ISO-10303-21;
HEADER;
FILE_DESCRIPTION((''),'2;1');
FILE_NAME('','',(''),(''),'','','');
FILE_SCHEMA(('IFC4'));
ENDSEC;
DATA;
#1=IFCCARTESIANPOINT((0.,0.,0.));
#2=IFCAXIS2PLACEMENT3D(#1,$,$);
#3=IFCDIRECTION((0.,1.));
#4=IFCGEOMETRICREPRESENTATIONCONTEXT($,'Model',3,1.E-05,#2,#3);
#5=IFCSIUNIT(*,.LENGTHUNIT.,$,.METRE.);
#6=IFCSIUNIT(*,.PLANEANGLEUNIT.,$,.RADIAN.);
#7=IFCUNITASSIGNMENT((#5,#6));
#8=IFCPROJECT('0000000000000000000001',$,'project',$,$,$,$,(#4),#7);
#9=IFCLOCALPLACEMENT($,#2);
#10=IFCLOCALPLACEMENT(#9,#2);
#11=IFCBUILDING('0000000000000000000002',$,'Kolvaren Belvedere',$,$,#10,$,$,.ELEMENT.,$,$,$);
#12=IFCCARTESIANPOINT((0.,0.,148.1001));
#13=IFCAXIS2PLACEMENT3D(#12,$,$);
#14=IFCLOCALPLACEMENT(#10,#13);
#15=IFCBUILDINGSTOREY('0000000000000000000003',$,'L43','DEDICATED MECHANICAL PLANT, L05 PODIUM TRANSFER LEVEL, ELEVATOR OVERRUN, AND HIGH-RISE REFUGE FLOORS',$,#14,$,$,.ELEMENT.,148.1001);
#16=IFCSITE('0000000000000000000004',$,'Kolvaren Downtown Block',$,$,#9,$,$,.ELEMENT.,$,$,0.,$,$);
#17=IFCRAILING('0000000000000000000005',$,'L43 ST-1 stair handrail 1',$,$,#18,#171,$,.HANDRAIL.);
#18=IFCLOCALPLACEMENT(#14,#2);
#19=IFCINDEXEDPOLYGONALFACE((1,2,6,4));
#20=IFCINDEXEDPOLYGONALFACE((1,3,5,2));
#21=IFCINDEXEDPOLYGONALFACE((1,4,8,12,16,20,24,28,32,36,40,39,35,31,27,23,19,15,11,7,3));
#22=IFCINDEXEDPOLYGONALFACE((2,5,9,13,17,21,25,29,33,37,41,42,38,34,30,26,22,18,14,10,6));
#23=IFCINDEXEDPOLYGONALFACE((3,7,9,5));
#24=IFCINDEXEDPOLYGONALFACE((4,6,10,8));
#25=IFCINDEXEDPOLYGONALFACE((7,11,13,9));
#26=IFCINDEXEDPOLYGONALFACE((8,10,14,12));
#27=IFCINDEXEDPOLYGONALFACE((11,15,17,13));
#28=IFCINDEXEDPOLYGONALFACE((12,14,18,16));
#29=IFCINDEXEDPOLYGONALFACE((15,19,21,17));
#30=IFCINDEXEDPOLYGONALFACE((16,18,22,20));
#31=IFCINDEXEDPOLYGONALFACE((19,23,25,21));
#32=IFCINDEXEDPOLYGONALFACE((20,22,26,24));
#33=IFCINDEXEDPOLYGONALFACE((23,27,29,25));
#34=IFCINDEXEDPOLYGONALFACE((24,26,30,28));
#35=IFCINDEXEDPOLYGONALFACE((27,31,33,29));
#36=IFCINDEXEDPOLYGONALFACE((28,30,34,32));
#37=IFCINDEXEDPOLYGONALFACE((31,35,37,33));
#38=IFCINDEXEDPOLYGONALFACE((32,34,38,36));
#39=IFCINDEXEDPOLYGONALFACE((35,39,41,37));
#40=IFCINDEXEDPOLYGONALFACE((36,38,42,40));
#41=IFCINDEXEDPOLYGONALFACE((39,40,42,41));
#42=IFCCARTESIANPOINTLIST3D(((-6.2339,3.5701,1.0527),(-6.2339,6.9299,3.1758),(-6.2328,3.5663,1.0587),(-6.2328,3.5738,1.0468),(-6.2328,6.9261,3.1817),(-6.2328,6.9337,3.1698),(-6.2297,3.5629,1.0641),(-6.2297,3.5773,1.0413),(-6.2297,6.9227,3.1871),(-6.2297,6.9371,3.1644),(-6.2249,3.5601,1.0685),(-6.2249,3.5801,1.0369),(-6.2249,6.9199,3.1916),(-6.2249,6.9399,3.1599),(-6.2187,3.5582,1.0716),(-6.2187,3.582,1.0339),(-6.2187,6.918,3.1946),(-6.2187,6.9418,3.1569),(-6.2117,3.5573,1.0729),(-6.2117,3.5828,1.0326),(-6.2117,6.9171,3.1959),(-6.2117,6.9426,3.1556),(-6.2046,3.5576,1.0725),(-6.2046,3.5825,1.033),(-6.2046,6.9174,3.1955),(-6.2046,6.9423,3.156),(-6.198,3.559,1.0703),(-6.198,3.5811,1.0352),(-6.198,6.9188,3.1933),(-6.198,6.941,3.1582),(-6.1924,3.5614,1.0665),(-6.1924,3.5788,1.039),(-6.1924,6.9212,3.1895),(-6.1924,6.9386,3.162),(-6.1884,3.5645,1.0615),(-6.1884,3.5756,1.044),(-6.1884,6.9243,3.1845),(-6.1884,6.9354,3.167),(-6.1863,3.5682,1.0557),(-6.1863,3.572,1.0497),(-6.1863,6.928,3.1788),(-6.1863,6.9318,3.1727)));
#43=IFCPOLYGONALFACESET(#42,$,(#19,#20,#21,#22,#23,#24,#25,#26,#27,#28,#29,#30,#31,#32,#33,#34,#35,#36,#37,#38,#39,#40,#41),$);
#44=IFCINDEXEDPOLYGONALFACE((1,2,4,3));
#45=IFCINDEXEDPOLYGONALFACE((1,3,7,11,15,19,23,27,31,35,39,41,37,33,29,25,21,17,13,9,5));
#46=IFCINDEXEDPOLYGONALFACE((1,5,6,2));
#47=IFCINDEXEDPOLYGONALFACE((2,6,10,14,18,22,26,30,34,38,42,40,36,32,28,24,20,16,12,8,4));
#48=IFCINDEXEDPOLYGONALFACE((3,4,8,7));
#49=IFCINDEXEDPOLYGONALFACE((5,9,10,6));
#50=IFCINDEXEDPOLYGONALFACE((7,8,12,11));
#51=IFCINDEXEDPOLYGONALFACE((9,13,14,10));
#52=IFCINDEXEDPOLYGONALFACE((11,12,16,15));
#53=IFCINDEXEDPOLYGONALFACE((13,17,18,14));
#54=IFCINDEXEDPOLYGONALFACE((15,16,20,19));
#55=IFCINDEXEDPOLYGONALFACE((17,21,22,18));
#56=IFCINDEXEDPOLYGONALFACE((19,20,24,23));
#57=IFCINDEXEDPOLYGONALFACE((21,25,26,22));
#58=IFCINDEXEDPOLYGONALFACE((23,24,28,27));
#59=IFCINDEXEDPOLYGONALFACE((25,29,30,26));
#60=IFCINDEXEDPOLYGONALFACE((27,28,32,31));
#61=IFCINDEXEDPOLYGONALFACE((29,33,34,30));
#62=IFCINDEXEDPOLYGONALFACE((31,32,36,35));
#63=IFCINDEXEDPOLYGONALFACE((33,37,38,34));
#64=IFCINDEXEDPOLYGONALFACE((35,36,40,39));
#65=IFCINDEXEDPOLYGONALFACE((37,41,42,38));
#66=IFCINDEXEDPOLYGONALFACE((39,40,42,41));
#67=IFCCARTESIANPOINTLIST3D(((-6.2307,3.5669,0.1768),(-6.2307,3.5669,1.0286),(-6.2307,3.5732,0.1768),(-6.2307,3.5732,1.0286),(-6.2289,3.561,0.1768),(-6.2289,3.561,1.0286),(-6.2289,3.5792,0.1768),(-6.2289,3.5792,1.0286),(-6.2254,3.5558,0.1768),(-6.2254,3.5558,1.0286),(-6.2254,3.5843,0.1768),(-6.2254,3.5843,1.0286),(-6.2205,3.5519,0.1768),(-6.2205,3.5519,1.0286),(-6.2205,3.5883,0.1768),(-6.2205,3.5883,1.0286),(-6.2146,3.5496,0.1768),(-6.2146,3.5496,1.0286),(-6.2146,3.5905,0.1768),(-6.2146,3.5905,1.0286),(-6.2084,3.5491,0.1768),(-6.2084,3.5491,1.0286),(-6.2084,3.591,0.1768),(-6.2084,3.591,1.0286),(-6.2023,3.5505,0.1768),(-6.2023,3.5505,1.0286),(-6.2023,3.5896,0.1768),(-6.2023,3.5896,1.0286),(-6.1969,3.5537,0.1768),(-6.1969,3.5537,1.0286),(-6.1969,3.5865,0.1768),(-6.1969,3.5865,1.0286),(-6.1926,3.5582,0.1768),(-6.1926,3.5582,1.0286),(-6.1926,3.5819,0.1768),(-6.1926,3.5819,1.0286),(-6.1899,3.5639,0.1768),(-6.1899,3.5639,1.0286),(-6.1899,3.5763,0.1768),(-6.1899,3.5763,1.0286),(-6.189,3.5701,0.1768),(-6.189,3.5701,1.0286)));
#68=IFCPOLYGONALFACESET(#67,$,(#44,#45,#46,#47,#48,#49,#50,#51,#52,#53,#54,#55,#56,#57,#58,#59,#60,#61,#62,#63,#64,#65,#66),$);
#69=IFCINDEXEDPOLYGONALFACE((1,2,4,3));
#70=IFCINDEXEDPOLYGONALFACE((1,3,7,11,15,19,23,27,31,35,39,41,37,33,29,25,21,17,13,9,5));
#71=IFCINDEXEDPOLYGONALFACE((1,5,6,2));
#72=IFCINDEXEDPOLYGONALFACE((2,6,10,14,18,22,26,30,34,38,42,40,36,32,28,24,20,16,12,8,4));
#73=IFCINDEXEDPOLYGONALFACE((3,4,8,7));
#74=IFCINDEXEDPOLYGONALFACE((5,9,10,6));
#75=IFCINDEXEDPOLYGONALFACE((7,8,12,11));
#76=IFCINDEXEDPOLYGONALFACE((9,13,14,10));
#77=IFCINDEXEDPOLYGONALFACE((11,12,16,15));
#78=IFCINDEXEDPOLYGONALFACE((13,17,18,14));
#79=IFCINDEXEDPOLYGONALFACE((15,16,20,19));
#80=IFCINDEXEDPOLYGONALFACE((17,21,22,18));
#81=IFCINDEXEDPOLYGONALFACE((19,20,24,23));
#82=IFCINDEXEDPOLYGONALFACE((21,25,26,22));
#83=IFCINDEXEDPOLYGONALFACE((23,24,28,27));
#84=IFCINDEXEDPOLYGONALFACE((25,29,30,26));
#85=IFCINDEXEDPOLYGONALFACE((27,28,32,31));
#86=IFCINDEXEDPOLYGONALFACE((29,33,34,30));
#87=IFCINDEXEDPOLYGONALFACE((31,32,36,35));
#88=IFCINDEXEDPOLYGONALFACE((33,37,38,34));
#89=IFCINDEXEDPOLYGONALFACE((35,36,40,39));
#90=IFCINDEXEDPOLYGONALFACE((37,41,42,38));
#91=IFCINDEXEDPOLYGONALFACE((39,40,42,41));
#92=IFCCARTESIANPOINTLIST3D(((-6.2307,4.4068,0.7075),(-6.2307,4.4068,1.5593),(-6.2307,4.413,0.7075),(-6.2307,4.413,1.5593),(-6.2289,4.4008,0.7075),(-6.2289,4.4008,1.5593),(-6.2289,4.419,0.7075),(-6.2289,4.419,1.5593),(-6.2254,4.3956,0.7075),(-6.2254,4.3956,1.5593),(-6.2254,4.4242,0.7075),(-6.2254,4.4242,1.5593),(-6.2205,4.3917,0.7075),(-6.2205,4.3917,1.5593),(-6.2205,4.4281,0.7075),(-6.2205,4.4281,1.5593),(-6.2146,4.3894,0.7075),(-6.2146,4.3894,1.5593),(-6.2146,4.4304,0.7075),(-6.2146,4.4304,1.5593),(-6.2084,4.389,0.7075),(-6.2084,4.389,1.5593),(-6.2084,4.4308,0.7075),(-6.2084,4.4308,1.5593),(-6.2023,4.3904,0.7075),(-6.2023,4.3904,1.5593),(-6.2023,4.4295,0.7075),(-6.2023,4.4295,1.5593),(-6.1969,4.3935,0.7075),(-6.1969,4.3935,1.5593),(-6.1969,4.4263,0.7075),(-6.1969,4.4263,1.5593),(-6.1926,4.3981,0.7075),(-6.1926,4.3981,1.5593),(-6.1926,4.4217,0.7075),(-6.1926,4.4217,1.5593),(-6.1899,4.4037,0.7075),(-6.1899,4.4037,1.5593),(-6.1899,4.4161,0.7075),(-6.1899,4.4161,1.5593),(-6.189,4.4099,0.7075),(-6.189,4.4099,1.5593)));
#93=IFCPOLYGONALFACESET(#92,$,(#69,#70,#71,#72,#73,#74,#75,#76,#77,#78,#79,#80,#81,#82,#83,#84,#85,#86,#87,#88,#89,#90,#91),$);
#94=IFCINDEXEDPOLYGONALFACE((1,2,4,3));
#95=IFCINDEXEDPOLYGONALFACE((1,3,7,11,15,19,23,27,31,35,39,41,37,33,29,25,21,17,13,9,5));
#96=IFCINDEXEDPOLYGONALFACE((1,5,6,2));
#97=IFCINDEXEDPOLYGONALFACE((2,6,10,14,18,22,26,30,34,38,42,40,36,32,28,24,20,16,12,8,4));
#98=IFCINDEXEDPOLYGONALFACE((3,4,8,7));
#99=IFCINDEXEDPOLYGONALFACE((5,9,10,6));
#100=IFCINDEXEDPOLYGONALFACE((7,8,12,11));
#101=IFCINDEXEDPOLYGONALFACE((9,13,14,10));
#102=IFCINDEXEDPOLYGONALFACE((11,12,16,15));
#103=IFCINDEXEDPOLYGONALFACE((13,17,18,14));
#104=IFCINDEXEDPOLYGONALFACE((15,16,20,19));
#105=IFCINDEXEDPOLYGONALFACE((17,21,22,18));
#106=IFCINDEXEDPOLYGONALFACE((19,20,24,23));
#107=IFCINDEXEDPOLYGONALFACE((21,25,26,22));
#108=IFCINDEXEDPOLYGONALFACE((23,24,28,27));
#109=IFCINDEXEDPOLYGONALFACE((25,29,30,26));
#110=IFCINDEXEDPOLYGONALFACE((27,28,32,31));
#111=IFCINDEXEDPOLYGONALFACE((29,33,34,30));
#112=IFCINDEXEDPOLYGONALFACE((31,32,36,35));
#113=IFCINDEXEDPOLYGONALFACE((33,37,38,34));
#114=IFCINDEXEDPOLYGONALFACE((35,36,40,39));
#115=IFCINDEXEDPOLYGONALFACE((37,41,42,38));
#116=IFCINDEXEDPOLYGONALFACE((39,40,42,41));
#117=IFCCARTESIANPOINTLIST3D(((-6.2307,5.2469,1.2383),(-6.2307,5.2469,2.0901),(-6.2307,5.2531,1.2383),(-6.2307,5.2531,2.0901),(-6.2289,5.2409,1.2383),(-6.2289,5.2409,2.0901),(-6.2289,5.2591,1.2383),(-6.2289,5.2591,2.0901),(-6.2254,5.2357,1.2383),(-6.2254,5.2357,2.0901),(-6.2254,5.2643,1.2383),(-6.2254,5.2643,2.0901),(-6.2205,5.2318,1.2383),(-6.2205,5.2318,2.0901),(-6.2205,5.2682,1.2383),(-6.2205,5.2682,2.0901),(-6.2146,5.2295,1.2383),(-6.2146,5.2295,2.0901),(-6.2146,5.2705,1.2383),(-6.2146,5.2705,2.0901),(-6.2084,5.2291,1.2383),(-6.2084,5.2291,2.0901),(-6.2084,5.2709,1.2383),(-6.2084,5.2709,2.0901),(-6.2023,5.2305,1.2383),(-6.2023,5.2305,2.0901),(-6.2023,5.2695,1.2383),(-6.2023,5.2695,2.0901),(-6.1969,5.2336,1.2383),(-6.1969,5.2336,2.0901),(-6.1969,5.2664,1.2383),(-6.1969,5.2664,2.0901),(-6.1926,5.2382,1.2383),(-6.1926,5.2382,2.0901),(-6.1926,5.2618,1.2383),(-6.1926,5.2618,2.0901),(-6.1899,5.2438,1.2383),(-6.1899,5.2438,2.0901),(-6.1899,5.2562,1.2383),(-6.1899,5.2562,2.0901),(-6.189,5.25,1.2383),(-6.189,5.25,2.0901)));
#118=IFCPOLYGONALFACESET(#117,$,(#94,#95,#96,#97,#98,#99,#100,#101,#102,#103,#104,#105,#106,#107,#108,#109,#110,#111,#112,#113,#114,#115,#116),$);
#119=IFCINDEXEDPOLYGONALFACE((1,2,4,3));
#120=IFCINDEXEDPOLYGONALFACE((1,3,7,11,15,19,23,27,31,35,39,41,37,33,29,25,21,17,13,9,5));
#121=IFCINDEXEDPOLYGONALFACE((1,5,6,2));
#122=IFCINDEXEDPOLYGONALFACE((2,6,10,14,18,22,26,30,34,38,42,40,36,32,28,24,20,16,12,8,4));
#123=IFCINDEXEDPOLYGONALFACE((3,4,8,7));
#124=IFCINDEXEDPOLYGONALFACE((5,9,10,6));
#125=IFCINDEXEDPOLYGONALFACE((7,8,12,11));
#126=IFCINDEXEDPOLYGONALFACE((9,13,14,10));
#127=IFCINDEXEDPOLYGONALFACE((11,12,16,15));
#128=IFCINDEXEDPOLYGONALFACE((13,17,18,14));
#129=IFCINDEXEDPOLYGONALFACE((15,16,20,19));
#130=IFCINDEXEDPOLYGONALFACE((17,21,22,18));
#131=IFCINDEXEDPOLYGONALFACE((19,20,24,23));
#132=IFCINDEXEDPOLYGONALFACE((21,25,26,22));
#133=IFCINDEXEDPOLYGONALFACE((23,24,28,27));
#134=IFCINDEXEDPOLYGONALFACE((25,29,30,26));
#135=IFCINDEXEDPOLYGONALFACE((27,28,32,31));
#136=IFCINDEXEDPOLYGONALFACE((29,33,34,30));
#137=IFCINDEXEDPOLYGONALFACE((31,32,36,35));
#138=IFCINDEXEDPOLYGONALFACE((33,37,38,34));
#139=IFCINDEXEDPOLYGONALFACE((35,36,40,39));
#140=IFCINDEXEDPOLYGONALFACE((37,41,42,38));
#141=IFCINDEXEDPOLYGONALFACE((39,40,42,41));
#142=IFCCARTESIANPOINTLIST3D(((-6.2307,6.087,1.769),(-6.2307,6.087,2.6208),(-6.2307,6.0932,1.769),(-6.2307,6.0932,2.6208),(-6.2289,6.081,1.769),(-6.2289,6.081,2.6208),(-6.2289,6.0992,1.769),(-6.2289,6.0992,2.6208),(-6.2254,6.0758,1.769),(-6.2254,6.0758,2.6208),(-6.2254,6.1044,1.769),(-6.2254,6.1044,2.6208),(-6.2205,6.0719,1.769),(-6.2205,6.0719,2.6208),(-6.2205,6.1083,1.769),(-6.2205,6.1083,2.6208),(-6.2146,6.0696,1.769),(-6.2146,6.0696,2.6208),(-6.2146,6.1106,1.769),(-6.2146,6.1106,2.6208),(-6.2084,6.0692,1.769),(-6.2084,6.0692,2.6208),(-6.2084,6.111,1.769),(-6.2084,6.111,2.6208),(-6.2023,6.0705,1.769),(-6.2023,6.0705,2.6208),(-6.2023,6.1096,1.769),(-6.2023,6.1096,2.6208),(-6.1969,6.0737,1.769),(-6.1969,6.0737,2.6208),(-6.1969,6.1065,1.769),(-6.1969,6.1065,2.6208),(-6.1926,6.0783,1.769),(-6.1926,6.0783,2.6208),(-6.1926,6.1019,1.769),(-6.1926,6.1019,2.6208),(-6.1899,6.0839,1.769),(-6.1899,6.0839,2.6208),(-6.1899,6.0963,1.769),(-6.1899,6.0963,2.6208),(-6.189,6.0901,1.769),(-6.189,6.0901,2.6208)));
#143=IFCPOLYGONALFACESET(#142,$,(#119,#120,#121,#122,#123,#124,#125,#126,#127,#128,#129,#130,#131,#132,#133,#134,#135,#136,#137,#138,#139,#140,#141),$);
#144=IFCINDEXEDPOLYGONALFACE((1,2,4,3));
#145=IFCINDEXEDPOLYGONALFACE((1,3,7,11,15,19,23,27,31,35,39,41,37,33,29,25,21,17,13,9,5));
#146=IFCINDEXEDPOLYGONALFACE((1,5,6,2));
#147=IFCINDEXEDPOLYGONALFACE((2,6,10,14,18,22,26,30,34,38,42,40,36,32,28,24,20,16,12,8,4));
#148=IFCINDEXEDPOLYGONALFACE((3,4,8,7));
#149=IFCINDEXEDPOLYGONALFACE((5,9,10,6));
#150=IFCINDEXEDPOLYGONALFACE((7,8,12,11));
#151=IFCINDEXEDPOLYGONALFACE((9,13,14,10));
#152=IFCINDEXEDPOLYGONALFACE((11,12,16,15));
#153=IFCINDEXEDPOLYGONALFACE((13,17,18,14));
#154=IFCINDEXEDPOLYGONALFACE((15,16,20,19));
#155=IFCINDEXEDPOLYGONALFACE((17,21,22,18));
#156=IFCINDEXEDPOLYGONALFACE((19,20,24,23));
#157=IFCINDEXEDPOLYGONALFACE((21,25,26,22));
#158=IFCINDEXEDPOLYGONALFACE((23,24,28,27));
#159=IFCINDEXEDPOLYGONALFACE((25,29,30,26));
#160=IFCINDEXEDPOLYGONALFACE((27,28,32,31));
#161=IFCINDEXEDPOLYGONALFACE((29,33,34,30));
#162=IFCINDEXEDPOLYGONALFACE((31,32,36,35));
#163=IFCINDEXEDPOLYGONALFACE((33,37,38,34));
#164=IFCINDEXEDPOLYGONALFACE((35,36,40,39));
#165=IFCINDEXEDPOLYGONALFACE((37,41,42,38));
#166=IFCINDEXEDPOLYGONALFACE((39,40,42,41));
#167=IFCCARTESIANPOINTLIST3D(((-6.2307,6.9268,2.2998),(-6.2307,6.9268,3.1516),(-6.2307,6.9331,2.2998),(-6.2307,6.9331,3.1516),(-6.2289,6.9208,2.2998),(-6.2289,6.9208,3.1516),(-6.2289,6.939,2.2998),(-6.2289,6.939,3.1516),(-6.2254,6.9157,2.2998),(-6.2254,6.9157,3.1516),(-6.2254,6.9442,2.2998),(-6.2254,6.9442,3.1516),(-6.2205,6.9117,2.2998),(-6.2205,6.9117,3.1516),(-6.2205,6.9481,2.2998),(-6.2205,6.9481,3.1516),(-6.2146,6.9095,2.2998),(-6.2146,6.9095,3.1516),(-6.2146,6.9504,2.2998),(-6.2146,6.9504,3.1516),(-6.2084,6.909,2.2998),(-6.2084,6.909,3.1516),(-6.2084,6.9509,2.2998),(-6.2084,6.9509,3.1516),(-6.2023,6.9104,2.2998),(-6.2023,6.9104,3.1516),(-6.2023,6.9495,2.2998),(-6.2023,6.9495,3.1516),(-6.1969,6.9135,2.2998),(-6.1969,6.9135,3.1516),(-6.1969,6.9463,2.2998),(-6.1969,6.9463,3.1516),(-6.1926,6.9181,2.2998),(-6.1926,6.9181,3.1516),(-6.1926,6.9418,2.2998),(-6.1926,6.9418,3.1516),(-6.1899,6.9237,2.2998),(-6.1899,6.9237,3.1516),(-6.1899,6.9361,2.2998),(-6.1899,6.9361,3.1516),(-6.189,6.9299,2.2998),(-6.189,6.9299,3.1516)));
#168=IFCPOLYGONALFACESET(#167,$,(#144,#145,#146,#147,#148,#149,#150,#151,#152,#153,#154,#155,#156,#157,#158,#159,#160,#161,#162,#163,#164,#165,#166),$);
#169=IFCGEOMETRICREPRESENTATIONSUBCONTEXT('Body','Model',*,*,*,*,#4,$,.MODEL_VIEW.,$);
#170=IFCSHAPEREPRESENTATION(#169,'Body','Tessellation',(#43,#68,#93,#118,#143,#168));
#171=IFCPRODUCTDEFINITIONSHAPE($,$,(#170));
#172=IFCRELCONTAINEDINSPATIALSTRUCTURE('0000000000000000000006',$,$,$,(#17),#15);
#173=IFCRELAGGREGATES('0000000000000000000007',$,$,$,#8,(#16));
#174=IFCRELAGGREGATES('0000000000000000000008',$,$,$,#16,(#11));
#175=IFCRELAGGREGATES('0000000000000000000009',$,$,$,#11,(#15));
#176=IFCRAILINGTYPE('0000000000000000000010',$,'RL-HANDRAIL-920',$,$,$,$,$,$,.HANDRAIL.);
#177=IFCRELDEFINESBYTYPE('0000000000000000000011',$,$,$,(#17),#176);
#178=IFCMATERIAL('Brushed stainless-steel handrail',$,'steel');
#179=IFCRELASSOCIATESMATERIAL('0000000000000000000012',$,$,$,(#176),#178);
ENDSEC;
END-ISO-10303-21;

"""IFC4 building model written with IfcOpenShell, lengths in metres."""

from ifc_helpers import new_model, si_unit, direction, frame, origin, origin_2d, place, context, subcontext, project, spatial, circle, extrude, material, type_object, element, save


model = new_model("IFC4")

# Units and contexts
model_context = context("Model", 3, precision=1e-05, world=origin(), true_north=direction((0.0, 1.0)))
body_context = subcontext(model_context, "Body", "Model", "MODEL_VIEW")
ifc_project = project(units=[si_unit("LENGTHUNIT", "METRE"), si_unit("PLANEANGLEUNIT", "RADIAN")], contexts=[model_context])

# Site, building, storey
site_placement = place(None, origin())
site = spatial("IfcSite", under=ifc_project, at=site_placement, Name="Kolvaren Downtown Block", CompositionType="ELEMENT", RefElevation=0.0)
building_placement = place(site_placement, origin())
building = spatial("IfcBuilding", under=site, at=building_placement, Name="Kolvaren Belvedere", CompositionType="ELEMENT")
storey_placement = place(building_placement, frame((0.0, 0.0, 148.1001)))
storey = spatial("IfcBuildingStorey", under=building, at=storey_placement, Name="L43", Description="DEDICATED MECHANICAL PLANT, L05 PODIUM TRANSFER LEVEL, ELEVATOR OVERRUN, AND HIGH-RISE REFUGE FLOORS", CompositionType="ELEMENT", Elevation=148.1001)

# Railing
ifc_material_1 = material(Name="Brushed stainless-steel handrail", Category="steel")
railing_type_1 = type_object("IfcRailingType", Name="RL-HANDRAIL-920", PredefinedType="HANDRAIL", material=ifc_material_1)
railing_1_placement = place(storey_placement, frame((-6.21, 3.5701, 0.1768)))
element("IfcRailing", 1, at=railing_1_placement, inside=storey, type_object=railing_type_1, Name="L43 ST-1 stair handrail 1", PredefinedType="HANDRAIL", context=body_context, shape_type="SweptSolid", body=[
    extrude(circle(Radius=0.0239, at=origin_2d()), frame((0.0, 0.0, 0.876), z_axis=(0.0, 0.845372, 0.534178), x_axis=(-1.0, 0.0, 0.0)), (0.0, 0.0, 1.0), 3.9744),
    extrude(circle(Radius=0.021, at=origin_2d()), origin(), (0.0, 0.0, 1.0), 0.8518),
    extrude(circle(Radius=0.021, at=origin_2d()), frame((0.0, 0.8398, 0.5308)), (0.0, 0.0, 1.0), 0.8518),
    extrude(circle(Radius=0.021, at=origin_2d()), frame((0.0, 1.6799, 1.0615)), (0.0, 0.0, 1.0), 0.8518),
    extrude(circle(Radius=0.021, at=origin_2d()), frame((0.0, 2.52, 1.5923)), (0.0, 0.0, 1.0), 0.8518),
    extrude(circle(Radius=0.021, at=origin_2d()), frame((0.0, 3.3599, 2.123)), (0.0, 0.0, 1.0), 0.8518),
])

save(model, "model.ifc")
